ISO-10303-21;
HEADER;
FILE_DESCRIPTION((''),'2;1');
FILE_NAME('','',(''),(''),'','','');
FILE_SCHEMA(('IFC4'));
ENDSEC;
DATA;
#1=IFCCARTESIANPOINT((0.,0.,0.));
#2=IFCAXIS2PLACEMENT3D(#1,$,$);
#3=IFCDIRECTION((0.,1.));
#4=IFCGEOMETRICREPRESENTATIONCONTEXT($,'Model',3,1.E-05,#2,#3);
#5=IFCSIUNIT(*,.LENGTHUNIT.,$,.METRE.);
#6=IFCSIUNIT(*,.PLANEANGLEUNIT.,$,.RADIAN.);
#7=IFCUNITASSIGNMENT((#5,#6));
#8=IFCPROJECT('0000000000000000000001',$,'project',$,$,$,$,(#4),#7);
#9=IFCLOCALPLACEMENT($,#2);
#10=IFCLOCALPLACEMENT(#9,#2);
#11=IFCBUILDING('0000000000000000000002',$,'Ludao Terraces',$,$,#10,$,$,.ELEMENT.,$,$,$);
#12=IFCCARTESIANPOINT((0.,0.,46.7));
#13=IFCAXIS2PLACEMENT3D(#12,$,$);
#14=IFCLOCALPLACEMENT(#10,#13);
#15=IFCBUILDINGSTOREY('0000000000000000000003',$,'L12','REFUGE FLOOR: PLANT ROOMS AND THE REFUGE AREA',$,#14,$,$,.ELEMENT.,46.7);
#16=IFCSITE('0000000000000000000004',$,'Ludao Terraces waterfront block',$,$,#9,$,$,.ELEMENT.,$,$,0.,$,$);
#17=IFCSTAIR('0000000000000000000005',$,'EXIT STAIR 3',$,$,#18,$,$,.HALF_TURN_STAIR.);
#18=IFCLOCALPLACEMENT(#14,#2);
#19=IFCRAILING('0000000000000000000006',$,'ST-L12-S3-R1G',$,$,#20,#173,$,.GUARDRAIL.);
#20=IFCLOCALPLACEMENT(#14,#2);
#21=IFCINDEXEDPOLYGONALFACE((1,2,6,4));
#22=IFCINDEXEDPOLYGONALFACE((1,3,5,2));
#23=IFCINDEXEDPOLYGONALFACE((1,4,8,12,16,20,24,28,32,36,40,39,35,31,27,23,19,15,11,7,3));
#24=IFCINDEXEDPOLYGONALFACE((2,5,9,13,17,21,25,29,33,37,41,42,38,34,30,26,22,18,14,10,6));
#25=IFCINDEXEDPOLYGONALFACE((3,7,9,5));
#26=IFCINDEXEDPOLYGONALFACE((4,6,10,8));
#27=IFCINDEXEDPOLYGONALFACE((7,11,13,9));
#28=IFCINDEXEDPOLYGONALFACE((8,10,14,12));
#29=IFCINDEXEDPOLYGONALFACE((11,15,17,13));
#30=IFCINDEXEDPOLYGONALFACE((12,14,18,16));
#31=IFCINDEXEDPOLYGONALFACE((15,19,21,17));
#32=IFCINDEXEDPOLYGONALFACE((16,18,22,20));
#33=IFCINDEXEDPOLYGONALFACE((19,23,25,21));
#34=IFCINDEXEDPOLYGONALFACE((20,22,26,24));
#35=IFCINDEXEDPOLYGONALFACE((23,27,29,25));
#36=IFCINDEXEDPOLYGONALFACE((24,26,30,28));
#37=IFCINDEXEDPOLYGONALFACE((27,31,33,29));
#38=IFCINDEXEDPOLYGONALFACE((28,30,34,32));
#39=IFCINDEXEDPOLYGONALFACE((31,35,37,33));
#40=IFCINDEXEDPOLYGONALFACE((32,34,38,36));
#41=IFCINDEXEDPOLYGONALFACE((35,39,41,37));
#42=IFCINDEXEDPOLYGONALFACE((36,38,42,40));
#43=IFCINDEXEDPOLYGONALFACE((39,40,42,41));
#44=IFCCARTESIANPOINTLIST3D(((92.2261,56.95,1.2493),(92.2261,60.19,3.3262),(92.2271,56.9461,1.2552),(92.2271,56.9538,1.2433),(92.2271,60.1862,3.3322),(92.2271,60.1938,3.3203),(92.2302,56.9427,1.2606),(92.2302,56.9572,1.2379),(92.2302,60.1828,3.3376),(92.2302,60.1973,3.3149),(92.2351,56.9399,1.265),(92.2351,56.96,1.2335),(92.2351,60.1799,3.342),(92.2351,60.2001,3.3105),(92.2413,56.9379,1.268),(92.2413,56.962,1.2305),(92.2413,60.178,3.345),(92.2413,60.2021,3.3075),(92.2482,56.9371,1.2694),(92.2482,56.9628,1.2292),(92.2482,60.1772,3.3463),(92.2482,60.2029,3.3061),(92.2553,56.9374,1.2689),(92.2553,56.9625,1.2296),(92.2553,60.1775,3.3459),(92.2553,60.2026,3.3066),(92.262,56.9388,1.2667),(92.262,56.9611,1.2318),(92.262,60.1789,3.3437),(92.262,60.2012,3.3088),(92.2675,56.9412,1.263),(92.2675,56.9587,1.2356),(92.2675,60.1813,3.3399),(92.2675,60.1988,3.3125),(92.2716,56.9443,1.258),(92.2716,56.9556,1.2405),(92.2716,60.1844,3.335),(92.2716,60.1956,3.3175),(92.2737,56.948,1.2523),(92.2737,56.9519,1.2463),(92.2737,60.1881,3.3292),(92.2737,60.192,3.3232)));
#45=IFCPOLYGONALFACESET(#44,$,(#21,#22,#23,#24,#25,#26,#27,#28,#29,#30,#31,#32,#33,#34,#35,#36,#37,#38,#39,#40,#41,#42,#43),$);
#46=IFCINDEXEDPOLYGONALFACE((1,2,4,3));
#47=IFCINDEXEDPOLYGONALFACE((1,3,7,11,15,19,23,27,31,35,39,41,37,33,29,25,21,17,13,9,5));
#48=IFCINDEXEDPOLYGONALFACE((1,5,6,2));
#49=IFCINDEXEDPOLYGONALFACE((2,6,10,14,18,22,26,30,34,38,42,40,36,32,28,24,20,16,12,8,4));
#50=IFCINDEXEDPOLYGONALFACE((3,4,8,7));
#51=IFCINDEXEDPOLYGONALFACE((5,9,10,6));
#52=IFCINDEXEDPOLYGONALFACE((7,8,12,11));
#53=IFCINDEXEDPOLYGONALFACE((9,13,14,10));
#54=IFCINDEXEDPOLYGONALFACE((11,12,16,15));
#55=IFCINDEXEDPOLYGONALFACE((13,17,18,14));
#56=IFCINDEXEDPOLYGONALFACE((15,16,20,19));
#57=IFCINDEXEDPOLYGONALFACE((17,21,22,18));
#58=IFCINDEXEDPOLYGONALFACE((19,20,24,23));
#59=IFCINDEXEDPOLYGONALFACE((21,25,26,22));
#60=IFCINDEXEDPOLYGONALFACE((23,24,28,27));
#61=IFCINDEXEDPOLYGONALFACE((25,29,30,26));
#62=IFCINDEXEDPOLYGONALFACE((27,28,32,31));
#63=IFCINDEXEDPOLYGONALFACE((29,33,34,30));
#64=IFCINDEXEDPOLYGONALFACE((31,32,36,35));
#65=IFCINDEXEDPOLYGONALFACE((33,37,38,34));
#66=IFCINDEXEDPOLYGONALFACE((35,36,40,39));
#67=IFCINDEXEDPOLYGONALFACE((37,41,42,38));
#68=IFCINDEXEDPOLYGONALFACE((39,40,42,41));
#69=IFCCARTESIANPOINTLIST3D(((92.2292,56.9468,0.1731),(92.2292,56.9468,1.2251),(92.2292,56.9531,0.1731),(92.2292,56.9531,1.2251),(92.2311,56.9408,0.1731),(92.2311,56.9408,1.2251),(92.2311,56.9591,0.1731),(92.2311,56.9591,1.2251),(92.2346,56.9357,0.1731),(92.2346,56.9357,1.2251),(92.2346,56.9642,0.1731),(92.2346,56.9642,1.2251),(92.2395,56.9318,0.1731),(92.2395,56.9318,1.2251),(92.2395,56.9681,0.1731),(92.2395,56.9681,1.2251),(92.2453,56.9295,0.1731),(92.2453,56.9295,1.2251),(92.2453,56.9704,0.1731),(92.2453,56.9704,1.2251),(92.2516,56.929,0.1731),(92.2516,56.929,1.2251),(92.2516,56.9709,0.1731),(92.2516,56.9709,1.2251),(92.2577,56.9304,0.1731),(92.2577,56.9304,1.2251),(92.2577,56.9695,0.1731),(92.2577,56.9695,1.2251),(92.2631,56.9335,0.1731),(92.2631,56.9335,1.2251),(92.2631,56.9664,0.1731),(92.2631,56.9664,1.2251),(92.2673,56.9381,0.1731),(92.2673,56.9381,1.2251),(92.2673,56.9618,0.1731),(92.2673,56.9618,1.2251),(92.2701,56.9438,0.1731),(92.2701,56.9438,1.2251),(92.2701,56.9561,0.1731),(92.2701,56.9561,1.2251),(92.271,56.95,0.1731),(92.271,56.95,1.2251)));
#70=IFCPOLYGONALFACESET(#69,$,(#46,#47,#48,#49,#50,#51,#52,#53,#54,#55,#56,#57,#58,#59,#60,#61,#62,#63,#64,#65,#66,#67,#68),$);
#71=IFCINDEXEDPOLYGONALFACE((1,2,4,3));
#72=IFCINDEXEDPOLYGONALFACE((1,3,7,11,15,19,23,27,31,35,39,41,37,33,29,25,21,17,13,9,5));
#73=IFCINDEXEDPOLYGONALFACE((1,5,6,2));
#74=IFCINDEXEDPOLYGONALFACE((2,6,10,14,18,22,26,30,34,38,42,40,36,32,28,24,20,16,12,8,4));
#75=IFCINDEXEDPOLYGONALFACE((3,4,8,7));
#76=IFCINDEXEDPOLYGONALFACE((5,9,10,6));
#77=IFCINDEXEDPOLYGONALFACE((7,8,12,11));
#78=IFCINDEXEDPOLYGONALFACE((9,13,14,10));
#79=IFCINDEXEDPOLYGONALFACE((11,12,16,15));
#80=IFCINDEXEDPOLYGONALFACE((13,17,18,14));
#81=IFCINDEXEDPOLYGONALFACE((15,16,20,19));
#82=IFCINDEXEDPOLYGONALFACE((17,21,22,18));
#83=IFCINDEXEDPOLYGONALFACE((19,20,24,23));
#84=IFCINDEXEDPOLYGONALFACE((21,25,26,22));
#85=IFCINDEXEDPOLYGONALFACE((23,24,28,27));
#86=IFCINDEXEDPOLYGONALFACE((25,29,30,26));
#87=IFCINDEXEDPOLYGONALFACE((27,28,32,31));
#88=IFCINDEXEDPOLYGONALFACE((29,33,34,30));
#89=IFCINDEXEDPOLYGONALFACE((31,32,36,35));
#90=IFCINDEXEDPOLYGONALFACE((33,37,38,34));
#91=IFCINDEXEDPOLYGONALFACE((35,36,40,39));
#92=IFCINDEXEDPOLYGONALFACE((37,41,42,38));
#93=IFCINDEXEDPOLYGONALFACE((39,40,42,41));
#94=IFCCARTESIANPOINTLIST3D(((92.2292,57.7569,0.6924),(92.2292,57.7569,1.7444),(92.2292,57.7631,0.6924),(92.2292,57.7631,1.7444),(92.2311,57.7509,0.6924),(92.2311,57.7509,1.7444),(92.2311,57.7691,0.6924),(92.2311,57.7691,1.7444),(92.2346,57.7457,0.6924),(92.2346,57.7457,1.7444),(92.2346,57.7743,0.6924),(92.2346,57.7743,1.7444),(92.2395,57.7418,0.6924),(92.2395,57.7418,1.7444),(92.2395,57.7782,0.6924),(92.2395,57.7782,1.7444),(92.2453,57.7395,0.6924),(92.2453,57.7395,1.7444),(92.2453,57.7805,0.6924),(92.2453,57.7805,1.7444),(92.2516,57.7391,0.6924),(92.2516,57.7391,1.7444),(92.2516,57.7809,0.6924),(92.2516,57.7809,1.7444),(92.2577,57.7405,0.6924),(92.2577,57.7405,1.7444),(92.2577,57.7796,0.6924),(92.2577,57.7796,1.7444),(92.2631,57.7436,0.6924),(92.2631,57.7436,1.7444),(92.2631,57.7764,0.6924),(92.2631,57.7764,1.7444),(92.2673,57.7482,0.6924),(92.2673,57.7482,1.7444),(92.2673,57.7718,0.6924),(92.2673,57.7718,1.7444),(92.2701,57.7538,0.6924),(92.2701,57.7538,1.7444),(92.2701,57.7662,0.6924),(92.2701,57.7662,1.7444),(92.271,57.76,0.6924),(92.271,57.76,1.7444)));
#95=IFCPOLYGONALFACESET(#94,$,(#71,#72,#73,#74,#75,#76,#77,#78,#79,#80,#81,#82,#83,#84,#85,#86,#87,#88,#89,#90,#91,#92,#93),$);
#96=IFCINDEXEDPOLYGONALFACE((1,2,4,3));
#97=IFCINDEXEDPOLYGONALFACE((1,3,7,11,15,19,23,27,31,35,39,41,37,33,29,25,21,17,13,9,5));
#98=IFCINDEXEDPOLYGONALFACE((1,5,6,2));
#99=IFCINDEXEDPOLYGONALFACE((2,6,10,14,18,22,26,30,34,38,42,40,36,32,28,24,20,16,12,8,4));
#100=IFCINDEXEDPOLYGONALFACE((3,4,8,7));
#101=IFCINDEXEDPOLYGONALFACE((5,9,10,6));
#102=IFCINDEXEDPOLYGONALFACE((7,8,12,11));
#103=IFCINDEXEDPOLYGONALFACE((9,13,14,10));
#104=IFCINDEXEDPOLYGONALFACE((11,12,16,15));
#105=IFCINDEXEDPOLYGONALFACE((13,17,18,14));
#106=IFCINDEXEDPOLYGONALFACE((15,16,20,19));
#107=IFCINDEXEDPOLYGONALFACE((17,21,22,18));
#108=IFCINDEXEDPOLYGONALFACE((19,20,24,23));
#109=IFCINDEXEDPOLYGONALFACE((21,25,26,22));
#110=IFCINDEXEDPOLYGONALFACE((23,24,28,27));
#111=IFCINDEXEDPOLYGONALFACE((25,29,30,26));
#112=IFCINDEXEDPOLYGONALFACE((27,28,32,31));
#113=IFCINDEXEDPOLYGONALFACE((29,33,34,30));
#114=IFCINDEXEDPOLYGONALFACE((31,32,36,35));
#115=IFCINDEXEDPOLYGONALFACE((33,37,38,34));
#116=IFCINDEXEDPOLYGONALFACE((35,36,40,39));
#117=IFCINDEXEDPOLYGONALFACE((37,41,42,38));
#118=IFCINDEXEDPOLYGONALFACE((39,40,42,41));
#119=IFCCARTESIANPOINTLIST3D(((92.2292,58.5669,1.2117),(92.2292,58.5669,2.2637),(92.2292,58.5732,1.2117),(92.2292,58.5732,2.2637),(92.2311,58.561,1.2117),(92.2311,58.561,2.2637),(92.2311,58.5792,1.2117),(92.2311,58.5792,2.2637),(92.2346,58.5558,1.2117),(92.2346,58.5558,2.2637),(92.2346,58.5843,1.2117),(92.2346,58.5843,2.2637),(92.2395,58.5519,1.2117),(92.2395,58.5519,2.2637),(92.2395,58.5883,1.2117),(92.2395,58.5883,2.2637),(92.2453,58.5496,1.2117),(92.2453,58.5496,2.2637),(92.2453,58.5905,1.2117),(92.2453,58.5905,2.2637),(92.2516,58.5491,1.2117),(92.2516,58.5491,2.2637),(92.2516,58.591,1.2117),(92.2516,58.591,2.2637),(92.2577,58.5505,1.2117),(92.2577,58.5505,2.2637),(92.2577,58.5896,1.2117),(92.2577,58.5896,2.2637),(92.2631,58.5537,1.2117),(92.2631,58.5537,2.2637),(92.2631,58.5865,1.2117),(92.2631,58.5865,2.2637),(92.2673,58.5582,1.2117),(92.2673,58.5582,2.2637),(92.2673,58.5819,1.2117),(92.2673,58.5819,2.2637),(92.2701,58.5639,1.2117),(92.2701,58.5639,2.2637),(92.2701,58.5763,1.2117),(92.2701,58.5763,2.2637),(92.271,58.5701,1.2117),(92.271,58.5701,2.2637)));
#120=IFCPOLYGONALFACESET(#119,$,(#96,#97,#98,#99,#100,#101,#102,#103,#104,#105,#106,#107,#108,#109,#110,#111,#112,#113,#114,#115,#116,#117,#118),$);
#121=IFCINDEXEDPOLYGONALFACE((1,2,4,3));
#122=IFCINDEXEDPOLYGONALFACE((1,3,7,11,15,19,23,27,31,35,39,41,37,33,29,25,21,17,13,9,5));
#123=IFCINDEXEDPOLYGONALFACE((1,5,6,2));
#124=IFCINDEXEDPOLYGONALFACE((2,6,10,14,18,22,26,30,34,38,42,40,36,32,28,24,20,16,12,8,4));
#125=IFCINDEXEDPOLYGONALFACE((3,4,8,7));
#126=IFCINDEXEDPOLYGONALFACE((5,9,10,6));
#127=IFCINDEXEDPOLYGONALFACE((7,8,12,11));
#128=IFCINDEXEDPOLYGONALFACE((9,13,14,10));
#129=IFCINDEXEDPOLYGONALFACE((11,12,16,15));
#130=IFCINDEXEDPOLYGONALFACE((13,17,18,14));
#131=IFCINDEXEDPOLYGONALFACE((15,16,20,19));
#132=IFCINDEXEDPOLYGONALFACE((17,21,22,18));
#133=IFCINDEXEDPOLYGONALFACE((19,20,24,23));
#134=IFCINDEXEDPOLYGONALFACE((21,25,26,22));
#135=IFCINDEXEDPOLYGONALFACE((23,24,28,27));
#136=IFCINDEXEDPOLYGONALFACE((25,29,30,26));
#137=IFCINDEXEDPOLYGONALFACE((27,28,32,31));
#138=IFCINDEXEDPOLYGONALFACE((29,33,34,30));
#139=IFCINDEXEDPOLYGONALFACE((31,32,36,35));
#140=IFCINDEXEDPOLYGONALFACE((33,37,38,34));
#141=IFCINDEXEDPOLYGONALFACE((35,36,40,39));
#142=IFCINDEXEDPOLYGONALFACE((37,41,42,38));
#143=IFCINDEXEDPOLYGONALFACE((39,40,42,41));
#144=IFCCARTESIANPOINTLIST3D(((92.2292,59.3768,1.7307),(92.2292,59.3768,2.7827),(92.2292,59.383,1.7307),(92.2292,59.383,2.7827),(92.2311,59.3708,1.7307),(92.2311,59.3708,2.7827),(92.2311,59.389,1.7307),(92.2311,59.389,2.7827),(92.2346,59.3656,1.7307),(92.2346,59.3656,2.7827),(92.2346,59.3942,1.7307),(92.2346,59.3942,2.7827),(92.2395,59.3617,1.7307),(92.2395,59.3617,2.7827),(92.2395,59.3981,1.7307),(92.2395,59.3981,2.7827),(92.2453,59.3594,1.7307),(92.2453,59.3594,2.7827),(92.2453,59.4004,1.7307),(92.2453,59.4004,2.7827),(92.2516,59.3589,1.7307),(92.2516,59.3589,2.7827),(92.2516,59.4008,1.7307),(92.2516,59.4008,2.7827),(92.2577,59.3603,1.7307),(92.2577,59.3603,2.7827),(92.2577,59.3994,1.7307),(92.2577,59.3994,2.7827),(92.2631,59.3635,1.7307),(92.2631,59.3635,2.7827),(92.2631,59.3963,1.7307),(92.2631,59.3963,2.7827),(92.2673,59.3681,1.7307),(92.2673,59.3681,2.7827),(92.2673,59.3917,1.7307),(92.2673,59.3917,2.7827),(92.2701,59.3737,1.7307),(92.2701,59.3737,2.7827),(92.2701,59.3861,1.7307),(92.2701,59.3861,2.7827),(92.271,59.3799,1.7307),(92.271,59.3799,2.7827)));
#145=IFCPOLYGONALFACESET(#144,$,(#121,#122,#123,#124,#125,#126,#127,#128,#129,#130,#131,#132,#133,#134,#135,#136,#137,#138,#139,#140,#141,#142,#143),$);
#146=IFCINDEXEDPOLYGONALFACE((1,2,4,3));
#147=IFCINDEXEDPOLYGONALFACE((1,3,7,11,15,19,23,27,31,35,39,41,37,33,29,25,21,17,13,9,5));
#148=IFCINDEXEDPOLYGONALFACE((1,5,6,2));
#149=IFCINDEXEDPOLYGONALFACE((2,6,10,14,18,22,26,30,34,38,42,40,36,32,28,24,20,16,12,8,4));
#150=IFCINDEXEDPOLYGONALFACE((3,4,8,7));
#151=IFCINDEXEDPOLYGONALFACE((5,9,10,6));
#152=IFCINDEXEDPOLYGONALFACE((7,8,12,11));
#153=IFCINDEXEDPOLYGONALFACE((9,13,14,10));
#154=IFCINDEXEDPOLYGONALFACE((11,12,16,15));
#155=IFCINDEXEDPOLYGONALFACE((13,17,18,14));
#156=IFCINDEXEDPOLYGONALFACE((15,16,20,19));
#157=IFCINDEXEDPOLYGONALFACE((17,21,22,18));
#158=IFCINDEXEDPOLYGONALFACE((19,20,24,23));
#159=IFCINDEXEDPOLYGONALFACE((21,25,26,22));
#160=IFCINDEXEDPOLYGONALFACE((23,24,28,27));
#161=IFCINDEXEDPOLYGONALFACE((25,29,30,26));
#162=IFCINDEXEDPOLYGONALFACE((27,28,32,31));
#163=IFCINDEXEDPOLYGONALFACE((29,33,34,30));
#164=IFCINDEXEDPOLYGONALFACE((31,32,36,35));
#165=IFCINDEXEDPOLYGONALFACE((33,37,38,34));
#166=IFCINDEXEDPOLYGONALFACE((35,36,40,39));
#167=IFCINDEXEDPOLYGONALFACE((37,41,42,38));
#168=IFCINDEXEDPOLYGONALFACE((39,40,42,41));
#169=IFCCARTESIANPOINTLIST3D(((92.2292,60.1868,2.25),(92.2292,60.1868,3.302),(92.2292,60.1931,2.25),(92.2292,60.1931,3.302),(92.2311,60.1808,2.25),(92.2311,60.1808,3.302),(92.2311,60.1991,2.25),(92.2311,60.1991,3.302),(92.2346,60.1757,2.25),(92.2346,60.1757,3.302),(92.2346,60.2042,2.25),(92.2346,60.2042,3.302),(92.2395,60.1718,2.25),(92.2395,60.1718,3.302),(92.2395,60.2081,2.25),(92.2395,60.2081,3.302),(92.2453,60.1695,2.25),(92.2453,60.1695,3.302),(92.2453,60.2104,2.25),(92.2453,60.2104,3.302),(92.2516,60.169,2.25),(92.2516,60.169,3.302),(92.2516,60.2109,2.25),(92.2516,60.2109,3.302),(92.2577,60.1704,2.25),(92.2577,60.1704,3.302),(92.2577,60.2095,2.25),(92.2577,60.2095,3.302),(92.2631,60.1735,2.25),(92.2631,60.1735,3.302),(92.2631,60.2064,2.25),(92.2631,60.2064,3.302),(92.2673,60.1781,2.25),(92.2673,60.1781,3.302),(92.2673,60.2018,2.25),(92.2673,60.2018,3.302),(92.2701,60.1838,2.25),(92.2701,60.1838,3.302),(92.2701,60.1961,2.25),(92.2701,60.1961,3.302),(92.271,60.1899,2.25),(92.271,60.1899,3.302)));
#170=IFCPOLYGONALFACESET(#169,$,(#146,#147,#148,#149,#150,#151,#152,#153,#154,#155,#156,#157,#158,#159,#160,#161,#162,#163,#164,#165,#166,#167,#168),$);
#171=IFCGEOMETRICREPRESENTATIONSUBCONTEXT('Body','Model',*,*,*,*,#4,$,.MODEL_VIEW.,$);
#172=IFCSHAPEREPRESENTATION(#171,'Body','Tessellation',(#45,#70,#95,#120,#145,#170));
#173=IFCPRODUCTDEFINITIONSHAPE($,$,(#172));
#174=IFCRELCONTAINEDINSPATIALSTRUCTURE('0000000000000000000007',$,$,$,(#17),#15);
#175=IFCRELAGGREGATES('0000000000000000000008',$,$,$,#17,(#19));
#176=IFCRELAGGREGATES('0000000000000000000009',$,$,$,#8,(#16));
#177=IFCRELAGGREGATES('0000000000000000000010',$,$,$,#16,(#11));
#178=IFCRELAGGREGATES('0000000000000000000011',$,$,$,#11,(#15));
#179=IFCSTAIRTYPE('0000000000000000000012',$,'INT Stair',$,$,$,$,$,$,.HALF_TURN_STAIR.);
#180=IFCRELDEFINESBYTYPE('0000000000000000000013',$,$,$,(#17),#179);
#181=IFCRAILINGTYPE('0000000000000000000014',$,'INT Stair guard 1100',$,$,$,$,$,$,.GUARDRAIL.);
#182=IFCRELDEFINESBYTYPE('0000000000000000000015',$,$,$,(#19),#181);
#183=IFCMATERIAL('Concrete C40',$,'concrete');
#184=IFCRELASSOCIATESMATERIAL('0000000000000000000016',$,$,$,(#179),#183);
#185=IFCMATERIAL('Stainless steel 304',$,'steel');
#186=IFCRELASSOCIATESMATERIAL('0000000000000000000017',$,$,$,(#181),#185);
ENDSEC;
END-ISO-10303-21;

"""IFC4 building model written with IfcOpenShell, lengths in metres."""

from ifc_helpers import new_model, si_unit, direction, frame, origin, origin_2d, place, context, subcontext, project, spatial, circle, extrude, material, type_object, element, aggregate, save


model = new_model("IFC4")

# Units and contexts
model_context = context("Model", 3, precision=1e-05, world=origin(), true_north=direction((0.0, 1.0)))
body_context = subcontext(model_context, "Body", "Model", "MODEL_VIEW")
ifc_project = project(units=[si_unit("LENGTHUNIT", "METRE"), si_unit("PLANEANGLEUNIT", "RADIAN")], contexts=[model_context])

# Site, building, storey
site_placement = place(None, origin())
site = spatial("IfcSite", under=ifc_project, at=site_placement, Name="Ludao Terraces waterfront block", CompositionType="ELEMENT", RefElevation=0.0)
building_placement = place(site_placement, origin())
building = spatial("IfcBuilding", under=site, at=building_placement, Name="Ludao Terraces", CompositionType="ELEMENT")
storey_placement = place(building_placement, frame((0.0, 0.0, 46.7)))
storey = spatial("IfcBuildingStorey", under=building, at=storey_placement, Name="L12", Description="REFUGE FLOOR: PLANT ROOMS AND THE REFUGE AREA", CompositionType="ELEMENT", Elevation=46.7)

# Stair, railing
ifc_material_1 = material(Name="Concrete C40", Category="concrete")
stair_type = type_object("IfcStairType", Name="INT Stair", PredefinedType="HALF_TURN_STAIR", material=ifc_material_1)
stair_placement = place(storey_placement, origin())
stair = element("IfcStair", 1, at=stair_placement, inside=storey, type_object=stair_type, Name="EXIT STAIR 3", PredefinedType="HALF_TURN_STAIR")
ifc_material_2 = material(Name="Stainless steel 304", Category="steel")
railing_type_1 = type_object("IfcRailingType", Name="INT Stair guard 1100", PredefinedType="GUARDRAIL", material=ifc_material_2)
railing_1_placement = place(storey_placement, frame((92.25, 56.95, 0.1731)))
railing_1 = element("IfcRailing", 2, at=railing_1_placement, type_object=railing_type_1, Name="ST-L12-S3-R1G", PredefinedType="GUARDRAIL", context=body_context, shape_type="SweptSolid", body=[
    extrude(circle(Radius=0.0239, at=origin_2d()), frame((0.0, 0.0, 1.0762), z_axis=(0.0, 0.841881, 0.539664), x_axis=(-1.0, 0.0, 0.0)), (0.0, 0.0, 1.0), 3.8486),
    extrude(circle(Radius=0.021, at=origin_2d()), origin(), (0.0, 0.0, 1.0), 1.052),
    extrude(circle(Radius=0.021, at=origin_2d()), frame((0.0, 0.8101, 0.5193)), (0.0, 0.0, 1.0), 1.052),
    extrude(circle(Radius=0.021, at=origin_2d()), frame((0.0, 1.6201, 1.0386)), (0.0, 0.0, 1.0), 1.052),
    extrude(circle(Radius=0.021, at=origin_2d()), frame((0.0, 2.4299, 1.5576)), (0.0, 0.0, 1.0), 1.052),
    extrude(circle(Radius=0.021, at=origin_2d()), frame((0.0, 3.24, 2.0769)), (0.0, 0.0, 1.0), 1.052),
])
aggregate(stair, [railing_1])

save(model, "model.ifc")
